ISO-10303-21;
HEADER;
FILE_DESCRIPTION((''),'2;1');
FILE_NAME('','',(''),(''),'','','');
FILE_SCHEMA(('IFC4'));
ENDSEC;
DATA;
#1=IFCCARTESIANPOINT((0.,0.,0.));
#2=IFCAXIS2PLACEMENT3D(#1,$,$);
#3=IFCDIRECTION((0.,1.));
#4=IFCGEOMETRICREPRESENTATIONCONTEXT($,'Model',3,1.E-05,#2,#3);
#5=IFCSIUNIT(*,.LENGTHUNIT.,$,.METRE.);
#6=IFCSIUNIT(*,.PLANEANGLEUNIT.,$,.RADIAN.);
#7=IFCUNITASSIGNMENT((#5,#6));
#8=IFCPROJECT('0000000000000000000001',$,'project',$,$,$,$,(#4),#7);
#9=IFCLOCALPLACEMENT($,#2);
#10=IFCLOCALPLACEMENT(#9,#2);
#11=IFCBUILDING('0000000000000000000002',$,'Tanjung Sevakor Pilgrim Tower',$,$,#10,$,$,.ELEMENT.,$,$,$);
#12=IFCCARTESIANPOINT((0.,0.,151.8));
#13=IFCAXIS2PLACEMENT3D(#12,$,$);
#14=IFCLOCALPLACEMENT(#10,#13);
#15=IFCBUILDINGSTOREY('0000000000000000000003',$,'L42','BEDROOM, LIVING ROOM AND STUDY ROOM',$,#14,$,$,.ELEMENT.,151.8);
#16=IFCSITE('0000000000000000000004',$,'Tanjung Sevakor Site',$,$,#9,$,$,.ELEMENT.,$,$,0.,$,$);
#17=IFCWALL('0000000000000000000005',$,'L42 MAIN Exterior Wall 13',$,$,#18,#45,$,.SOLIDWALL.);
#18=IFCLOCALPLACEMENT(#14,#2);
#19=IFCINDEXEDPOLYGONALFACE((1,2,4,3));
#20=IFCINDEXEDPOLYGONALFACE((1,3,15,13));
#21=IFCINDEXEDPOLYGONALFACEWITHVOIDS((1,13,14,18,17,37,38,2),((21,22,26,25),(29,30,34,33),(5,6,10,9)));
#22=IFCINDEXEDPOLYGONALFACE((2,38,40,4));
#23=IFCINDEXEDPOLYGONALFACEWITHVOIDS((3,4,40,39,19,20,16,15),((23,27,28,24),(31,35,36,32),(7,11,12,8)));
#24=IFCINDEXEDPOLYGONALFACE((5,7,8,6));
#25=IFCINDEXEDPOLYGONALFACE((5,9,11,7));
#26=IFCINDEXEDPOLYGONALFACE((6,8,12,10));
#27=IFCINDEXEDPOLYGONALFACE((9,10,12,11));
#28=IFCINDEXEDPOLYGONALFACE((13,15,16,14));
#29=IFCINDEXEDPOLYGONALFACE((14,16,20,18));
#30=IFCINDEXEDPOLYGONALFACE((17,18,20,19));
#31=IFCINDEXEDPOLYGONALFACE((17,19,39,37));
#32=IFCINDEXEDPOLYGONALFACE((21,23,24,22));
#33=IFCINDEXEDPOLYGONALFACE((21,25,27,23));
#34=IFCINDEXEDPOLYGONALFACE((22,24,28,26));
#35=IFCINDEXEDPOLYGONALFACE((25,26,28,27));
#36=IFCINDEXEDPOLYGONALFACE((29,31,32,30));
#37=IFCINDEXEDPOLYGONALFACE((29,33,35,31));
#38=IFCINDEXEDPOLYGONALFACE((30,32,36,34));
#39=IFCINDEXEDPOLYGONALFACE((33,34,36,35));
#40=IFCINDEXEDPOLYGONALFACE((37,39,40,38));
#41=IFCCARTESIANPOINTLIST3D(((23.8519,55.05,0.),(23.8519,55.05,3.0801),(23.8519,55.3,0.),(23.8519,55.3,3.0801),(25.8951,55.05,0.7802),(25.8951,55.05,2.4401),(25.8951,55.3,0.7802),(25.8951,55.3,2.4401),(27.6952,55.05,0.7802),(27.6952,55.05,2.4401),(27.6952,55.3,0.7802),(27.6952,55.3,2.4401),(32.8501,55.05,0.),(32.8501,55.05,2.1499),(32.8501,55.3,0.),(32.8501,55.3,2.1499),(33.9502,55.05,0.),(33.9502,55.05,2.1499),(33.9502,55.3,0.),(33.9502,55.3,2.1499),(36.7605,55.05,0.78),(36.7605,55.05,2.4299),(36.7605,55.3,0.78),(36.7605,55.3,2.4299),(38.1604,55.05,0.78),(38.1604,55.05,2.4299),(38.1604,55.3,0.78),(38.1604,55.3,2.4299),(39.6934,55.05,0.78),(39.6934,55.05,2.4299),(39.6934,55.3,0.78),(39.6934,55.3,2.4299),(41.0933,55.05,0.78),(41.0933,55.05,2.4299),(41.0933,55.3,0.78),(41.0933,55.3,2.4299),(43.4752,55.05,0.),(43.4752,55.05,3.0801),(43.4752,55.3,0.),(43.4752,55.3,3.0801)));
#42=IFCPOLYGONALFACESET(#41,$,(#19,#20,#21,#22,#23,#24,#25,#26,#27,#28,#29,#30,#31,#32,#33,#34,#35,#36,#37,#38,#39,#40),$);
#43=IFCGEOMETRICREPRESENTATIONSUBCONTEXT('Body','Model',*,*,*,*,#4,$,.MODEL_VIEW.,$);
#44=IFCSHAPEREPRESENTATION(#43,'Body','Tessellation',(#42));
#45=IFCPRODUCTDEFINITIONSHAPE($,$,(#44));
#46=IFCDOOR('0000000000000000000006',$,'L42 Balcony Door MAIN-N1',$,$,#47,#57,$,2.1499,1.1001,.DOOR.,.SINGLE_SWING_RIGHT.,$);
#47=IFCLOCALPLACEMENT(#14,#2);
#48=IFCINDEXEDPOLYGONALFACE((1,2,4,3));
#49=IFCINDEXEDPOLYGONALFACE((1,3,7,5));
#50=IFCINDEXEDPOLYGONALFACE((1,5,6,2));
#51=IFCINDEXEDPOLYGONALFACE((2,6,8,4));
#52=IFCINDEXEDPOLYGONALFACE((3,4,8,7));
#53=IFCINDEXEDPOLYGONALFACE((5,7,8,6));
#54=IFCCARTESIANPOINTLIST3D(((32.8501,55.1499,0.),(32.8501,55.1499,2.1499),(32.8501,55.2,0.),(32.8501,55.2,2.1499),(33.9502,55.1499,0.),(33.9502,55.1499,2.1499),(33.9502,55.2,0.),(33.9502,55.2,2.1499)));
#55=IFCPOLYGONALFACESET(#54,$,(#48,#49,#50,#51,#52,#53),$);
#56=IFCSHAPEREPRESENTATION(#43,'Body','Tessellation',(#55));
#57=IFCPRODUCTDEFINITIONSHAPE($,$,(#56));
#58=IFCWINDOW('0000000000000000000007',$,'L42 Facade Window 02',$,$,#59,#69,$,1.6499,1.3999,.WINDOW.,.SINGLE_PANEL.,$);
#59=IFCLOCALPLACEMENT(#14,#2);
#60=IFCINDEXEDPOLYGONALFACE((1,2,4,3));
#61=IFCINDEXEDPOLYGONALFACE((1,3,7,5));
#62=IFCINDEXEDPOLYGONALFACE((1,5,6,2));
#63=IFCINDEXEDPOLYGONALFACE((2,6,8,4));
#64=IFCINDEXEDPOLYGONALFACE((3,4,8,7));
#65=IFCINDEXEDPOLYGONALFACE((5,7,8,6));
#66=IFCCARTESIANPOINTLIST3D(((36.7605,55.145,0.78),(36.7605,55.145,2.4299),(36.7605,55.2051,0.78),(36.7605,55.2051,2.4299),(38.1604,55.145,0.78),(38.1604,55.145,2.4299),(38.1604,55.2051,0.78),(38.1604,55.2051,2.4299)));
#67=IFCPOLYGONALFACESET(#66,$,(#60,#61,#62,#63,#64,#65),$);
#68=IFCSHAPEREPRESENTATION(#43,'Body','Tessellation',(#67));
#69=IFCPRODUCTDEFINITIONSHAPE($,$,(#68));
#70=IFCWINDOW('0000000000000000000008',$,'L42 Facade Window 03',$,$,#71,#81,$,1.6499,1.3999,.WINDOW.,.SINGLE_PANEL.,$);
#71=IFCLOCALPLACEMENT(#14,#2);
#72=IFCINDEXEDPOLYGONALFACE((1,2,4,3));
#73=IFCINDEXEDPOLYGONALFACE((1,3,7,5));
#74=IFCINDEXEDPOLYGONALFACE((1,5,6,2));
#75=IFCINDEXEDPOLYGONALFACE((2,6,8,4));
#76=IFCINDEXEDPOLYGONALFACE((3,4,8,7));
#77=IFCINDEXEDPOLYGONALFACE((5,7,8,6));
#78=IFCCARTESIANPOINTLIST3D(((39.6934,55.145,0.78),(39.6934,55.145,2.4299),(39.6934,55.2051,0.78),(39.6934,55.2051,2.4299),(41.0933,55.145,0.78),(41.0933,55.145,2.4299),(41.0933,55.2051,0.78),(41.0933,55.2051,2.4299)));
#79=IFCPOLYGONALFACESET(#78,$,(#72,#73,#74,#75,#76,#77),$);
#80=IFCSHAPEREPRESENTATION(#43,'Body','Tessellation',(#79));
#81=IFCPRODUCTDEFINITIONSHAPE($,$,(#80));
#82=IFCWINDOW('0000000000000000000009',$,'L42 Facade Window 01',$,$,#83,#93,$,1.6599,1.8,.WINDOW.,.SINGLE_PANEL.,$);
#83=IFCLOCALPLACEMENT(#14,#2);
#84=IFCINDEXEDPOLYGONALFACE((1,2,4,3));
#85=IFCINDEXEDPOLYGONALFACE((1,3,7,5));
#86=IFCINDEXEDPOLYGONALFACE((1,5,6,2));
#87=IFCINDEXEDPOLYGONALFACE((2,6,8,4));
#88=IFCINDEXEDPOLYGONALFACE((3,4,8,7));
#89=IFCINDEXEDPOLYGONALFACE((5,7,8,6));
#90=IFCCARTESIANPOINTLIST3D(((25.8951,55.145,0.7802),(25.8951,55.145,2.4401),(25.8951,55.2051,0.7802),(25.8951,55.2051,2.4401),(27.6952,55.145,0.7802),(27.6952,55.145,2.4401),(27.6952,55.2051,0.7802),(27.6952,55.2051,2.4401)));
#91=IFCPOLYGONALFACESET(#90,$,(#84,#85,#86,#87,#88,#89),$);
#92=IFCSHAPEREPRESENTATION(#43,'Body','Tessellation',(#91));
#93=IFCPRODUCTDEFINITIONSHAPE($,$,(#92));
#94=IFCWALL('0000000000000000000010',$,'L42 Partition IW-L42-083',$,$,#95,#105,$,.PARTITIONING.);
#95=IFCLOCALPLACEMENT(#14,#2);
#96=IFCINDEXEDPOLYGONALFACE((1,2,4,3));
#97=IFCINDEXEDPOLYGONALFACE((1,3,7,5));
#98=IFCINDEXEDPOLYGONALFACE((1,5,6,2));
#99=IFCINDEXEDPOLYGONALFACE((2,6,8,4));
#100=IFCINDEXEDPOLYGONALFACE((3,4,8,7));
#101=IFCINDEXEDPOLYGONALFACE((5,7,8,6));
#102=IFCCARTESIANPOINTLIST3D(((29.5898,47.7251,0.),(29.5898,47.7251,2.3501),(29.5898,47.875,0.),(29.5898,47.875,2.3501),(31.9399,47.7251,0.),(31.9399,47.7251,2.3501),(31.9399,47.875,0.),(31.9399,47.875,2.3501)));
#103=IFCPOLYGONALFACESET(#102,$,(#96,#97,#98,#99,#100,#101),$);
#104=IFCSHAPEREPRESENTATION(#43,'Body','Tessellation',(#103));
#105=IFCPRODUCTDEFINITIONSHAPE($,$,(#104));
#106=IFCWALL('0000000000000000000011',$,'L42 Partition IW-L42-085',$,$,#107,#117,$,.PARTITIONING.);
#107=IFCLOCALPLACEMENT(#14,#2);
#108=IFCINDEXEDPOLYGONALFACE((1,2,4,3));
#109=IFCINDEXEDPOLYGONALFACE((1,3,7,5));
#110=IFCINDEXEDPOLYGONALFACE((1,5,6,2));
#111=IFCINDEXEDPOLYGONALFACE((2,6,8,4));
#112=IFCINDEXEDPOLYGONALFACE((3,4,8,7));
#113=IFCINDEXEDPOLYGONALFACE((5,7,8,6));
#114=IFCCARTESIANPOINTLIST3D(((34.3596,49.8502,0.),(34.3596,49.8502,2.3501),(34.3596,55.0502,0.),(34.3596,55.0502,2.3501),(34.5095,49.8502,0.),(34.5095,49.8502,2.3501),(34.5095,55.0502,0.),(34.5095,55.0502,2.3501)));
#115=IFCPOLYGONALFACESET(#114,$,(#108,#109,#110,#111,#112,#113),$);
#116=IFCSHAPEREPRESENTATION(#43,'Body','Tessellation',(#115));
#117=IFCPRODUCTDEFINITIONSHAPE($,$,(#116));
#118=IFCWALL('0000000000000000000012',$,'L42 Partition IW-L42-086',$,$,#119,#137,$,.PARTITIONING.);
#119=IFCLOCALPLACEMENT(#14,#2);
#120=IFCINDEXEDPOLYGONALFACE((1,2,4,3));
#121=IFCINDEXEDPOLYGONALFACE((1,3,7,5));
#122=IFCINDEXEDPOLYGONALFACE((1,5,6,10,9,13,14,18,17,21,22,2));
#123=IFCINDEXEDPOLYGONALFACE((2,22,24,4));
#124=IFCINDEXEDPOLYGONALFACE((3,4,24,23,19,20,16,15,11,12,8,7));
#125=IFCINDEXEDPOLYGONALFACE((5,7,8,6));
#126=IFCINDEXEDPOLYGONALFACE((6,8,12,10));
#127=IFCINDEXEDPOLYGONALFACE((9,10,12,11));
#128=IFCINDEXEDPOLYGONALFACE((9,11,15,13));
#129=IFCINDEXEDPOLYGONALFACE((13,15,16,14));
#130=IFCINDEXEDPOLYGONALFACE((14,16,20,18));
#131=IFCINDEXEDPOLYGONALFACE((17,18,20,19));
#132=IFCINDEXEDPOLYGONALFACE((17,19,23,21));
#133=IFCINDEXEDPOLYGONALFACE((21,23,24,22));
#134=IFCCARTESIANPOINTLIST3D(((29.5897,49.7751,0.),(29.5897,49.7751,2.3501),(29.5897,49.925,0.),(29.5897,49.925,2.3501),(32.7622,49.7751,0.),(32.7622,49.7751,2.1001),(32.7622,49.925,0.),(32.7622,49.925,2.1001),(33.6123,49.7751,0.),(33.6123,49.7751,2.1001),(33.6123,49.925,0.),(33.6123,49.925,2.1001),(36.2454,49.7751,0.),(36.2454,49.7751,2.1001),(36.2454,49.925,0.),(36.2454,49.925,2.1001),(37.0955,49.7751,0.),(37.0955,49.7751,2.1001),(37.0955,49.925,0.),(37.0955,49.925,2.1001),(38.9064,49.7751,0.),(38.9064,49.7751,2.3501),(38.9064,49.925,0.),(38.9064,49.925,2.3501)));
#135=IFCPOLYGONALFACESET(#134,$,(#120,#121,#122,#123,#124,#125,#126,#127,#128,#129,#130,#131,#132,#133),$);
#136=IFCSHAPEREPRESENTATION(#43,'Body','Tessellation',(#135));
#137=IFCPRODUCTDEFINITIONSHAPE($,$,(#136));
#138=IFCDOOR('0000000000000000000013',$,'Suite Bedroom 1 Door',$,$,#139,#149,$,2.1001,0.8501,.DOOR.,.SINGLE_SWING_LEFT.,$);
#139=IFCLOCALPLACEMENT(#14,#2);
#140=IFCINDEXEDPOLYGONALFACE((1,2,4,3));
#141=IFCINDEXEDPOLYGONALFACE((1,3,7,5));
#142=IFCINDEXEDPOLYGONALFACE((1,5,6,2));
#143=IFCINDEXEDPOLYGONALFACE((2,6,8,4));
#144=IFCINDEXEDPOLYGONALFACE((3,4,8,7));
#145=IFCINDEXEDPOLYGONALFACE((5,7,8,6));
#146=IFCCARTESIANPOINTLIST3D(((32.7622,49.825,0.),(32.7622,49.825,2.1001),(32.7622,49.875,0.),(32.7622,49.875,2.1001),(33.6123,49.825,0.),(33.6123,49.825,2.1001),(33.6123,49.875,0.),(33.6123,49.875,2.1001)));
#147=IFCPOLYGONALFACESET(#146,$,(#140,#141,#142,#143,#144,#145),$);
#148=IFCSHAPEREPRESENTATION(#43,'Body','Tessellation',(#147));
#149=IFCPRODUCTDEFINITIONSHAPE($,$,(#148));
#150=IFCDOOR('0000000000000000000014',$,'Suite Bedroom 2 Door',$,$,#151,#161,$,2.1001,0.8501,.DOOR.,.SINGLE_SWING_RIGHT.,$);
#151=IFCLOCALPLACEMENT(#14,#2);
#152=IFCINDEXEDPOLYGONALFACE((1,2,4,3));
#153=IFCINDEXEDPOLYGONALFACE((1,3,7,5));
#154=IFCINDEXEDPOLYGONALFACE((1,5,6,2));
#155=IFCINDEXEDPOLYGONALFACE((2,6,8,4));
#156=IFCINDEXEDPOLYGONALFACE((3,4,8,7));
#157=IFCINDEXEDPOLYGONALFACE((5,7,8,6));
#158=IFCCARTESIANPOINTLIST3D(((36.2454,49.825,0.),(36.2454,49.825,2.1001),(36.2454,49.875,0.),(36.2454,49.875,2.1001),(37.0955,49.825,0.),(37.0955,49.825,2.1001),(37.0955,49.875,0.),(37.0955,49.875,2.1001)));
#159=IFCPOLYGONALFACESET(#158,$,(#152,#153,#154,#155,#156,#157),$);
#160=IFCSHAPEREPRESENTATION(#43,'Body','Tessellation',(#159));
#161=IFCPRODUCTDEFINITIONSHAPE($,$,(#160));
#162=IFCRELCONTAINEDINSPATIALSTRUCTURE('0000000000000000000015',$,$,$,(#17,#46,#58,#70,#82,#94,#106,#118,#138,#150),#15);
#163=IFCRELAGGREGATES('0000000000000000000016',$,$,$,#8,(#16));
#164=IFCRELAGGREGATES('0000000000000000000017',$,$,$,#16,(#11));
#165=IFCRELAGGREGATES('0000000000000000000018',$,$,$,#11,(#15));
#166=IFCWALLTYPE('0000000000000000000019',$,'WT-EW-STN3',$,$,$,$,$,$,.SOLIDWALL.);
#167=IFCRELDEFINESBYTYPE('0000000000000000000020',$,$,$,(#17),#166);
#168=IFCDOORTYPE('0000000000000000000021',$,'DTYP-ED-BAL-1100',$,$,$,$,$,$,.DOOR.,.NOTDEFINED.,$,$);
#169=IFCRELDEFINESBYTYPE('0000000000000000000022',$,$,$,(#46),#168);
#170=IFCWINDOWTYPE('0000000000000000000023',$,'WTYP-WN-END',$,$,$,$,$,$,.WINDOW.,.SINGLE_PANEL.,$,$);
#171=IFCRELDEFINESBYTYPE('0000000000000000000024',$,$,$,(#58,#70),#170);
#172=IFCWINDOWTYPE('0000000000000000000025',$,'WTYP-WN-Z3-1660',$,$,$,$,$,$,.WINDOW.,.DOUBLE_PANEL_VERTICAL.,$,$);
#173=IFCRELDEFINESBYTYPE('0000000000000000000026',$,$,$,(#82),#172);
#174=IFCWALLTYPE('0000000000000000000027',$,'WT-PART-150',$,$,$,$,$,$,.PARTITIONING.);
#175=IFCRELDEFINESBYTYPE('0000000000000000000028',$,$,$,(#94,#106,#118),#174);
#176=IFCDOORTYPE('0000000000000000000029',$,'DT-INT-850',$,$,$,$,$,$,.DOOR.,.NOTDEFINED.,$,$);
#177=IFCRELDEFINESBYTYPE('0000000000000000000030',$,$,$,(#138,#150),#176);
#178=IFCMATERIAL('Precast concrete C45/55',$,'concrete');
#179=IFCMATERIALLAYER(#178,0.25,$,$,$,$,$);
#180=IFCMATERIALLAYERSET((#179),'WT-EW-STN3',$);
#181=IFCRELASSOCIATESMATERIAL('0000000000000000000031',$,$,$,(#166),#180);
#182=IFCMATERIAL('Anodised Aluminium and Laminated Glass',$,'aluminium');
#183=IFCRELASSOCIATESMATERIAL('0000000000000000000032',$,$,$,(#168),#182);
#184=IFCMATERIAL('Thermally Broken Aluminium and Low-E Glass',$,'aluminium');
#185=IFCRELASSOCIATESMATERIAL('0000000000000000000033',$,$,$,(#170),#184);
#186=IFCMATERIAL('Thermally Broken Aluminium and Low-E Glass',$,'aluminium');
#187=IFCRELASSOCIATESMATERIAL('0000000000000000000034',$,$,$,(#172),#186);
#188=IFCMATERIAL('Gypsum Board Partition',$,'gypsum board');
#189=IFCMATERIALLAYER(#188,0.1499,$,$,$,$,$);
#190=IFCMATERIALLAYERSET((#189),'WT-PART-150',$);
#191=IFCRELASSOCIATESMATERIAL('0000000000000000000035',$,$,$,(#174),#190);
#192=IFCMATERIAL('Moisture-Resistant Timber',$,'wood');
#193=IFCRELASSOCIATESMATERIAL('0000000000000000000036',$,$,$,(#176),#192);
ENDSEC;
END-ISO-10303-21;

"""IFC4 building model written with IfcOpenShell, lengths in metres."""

from ifc_helpers import new_model, si_unit, direction, frame, frame_2d, origin, place, context, subcontext, project, spatial, rectangle, extrude, material, layer, layer_set, type_object, element, fill, save


model = new_model("IFC4")

# Units and contexts
model_context = context("Model", 3, precision=1e-05, world=origin(), true_north=direction((0.0, 1.0)))
body_context = subcontext(model_context, "Body", "Model", "MODEL_VIEW")
ifc_project = project(units=[si_unit("LENGTHUNIT", "METRE"), si_unit("PLANEANGLEUNIT", "RADIAN")], contexts=[model_context])

# Site, building, storey
site_placement = place(None, origin())
site = spatial("IfcSite", under=ifc_project, at=site_placement, Name="Tanjung Sevakor Site", CompositionType="ELEMENT", RefElevation=0.0)
building_placement = place(site_placement, origin())
building = spatial("IfcBuilding", under=site, at=building_placement, Name="Tanjung Sevakor Pilgrim Tower", CompositionType="ELEMENT")
storey_placement = place(building_placement, frame((0.0, 0.0, 151.8)))
storey = spatial("IfcBuildingStorey", under=building, at=storey_placement, Name="L42", Description="BEDROOM, LIVING ROOM AND STUDY ROOM", CompositionType="ELEMENT", Elevation=151.8)

# Shared definitions
ifc_material_1 = material(Name="Precast concrete C45/55", Category="concrete")
ifc_layer_1 = layer(ifc_material_1, 0.25)
ifc_layer_set_1 = layer_set([ifc_layer_1], Name="WT-EW-STN3")
wall_type_1 = type_object("IfcWallType", Name="WT-EW-STN3", PredefinedType="SOLIDWALL", material=ifc_layer_set_1)

# Wall, openings, door, windows
wall_1_placement = place(storey_placement, frame((43.4751, 55.175, 0.0), z_axis=(0.0, 0.0, 1.0), x_axis=(-1.0, 0.0, 0.0)))
wall_1 = element("IfcWall", 1, at=wall_1_placement, inside=storey, type_object=wall_type_1, Name="L42 MAIN Exterior Wall 13", PredefinedType="SOLIDWALL", context=body_context, shape_type="SweptSolid", body=[
    extrude(rectangle(XDim=19.6233, YDim=0.25, at=frame_2d((9.8115, 0.0))), origin(), (0.0, 0.0, 1.0), 3.0801),
])
opening_1_placement = place(wall_1_placement, frame((9.5249, 0.0, 0.0)))
opening_1 = element("IfcOpeningElement", 2, at=opening_1_placement, cuts=wall_1, PredefinedType="OPENING", context=body_context, shape_type="SweptSolid", body=[
    extrude(rectangle(XDim=1.1001, YDim=2.1499, at=frame_2d((0.55, 1.075))), frame((0.0, 0.135, 0.0), z_axis=(0.0, -1.0, 0.0), x_axis=(1.0, 0.0, 0.0)), (0.0, 0.0, 1.0), 0.27),
])
opening_2_placement = place(wall_1_placement, frame((15.78, 0.0, 0.78)))
opening_2 = element("IfcOpeningElement", 3, at=opening_2_placement, cuts=wall_1, PredefinedType="OPENING", context=body_context, shape_type="SweptSolid", body=[
    extrude(rectangle(XDim=1.8, YDim=1.6599, at=frame_2d((0.8999, 0.8301))), frame((0.0, 0.135, 0.0), z_axis=(0.0, -1.0, 0.0), x_axis=(1.0, 0.0, 0.0)), (0.0, 0.0, 1.0), 0.27),
])
opening_3_placement = place(wall_1_placement, frame((5.3147, 0.0, 0.78)))
opening_3 = element("IfcOpeningElement", 4, at=opening_3_placement, cuts=wall_1, PredefinedType="OPENING", context=body_context, shape_type="SweptSolid", body=[
    extrude(rectangle(XDim=1.3999, YDim=1.6499, at=frame_2d((0.7, 0.825))), frame((0.0, 0.135, 0.0), z_axis=(0.0, -1.0, 0.0), x_axis=(1.0, 0.0, 0.0)), (0.0, 0.0, 1.0), 0.27),
])
opening_4_placement = place(wall_1_placement, frame((2.3818, 0.0, 0.78)))
opening_4 = element("IfcOpeningElement", 5, at=opening_4_placement, cuts=wall_1, PredefinedType="OPENING", context=body_context, shape_type="SweptSolid", body=[
    extrude(rectangle(XDim=1.3999, YDim=1.6499, at=frame_2d((0.7, 0.825))), frame((0.0, 0.135, 0.0), z_axis=(0.0, -1.0, 0.0), x_axis=(1.0, 0.0, 0.0)), (0.0, 0.0, 1.0), 0.27),
])
ifc_material_2 = material(Name="Anodised Aluminium and Laminated Glass", Category="aluminium")
door_type_1 = type_object("IfcDoorType", Name="DTYP-ED-BAL-1100", OperationType="NOTDEFINED", PredefinedType="DOOR", material=ifc_material_2)
door_1_placement = place(opening_1_placement, frame((1.1001, 0.0, 0.0), z_axis=(0.0, 0.0, 1.0), x_axis=(-1.0, 0.0, 0.0)))
door_1 = element("IfcDoor", 6, at=door_1_placement, inside=storey, type_object=door_type_1, Name="L42 Balcony Door MAIN-N1", OperationType="SINGLE_SWING_RIGHT", OverallHeight=2.1499, OverallWidth=1.1001, PredefinedType="DOOR", context=body_context, shape_type="SweptSolid", body=[
    extrude(rectangle(XDim=1.1001, YDim=2.1499, at=frame_2d((0.55, 1.075))), frame((0.0, 0.0249, 0.0), z_axis=(0.0, -1.0, 0.0), x_axis=(1.0, 0.0, 0.0)), (0.0, 0.0, 1.0), 0.05),
])
fill(opening_1, door_1)
ifc_material_3 = material(Name="Thermally Broken Aluminium and Low-E Glass", Category="aluminium")
window_type_1 = type_object("IfcWindowType", Name="WTYP-WN-END", PartitioningType="SINGLE_PANEL", PredefinedType="WINDOW", material=ifc_material_3)
window_1_placement = place(opening_3_placement, origin())
window_1 = element("IfcWindow", 7, at=window_1_placement, inside=storey, type_object=window_type_1, Name="L42 Facade Window 02", OverallHeight=1.6499, OverallWidth=1.3999, PartitioningType="SINGLE_PANEL", PredefinedType="WINDOW", context=body_context, shape_type="SweptSolid", body=[
    extrude(rectangle(XDim=1.3999, YDim=1.6499, at=frame_2d((0.7, 0.825))), frame((0.0, 0.03, 0.0), z_axis=(0.0, -1.0, 0.0), x_axis=(1.0, 0.0, 0.0)), (0.0, 0.0, 1.0), 0.0601),
])
fill(opening_3, window_1)
window_2_placement = place(opening_4_placement, origin())
window_2 = element("IfcWindow", 8, at=window_2_placement, inside=storey, type_object=window_type_1, Name="L42 Facade Window 03", OverallHeight=1.6499, OverallWidth=1.3999, PartitioningType="SINGLE_PANEL", PredefinedType="WINDOW", context=body_context, shape_type="SweptSolid", body=[
    extrude(rectangle(XDim=1.3999, YDim=1.6499, at=frame_2d((0.7, 0.825))), frame((0.0, 0.03, 0.0), z_axis=(0.0, -1.0, 0.0), x_axis=(1.0, 0.0, 0.0)), (0.0, 0.0, 1.0), 0.0601),
])
fill(opening_4, window_2)
ifc_material_4 = material(Name="Thermally Broken Aluminium and Low-E Glass", Category="aluminium")
window_type_2 = type_object("IfcWindowType", Name="WTYP-WN-Z3-1660", PartitioningType="DOUBLE_PANEL_VERTICAL", PredefinedType="WINDOW", material=ifc_material_4)
window_3_placement = place(opening_2_placement, origin())
window_3 = element("IfcWindow", 9, at=window_3_placement, inside=storey, type_object=window_type_2, Name="L42 Facade Window 01", OverallHeight=1.6599, OverallWidth=1.8, PartitioningType="SINGLE_PANEL", PredefinedType="WINDOW", context=body_context, shape_type="SweptSolid", body=[
    extrude(rectangle(XDim=1.8, YDim=1.6599, at=frame_2d((0.8999, 0.8301))), frame((0.0, 0.03, 0.0), z_axis=(0.0, -1.0, 0.0), x_axis=(1.0, 0.0, 0.0)), (0.0, 0.0, 1.0), 0.0601),
])
fill(opening_2, window_3)

# Walls
ifc_material_5 = material(Name="Gypsum Board Partition", Category="gypsum board")
ifc_layer_2 = layer(ifc_material_5, 0.1499)
ifc_layer_set_2 = layer_set([ifc_layer_2], Name="WT-PART-150")
wall_type_2 = type_object("IfcWallType", Name="WT-PART-150", PredefinedType="PARTITIONING", material=ifc_layer_set_2)
wall_2_placement = place(storey_placement, frame((29.5898, 47.8, 0.0), z_axis=(0.0, 0.0, 1.0), x_axis=(1.0, 0.0, 0.0)))
element("IfcWall", 10, at=wall_2_placement, inside=storey, type_object=wall_type_2, Name="L42 Partition IW-L42-083", PredefinedType="PARTITIONING", context=body_context, shape_type="SweptSolid", body=[
    extrude(rectangle(XDim=2.3501, YDim=0.1499, at=frame_2d((1.175, 0.0))), origin(), (0.0, 0.0, 1.0), 2.3501),
])
wall_3_placement = place(storey_placement, frame((34.4346, 49.8501, 0.0), z_axis=(0.0, 0.0, 1.0), x_axis=(0.0, 1.0, 0.0)))
element("IfcWall", 11, at=wall_3_placement, inside=storey, type_object=wall_type_2, Name="L42 Partition IW-L42-085", PredefinedType="PARTITIONING", context=body_context, shape_type="SweptSolid", body=[
    extrude(rectangle(XDim=5.2, YDim=0.1499, at=frame_2d((2.6001, 0.0))), origin(), (0.0, 0.0, 1.0), 2.3501),
])

# Wall, openings, doors
wall_4_placement = place(storey_placement, frame((29.5898, 49.8501, 0.0), z_axis=(0.0, 0.0, 1.0), x_axis=(1.0, 0.0, 0.0)))
wall_4 = element("IfcWall", 12, at=wall_4_placement, inside=storey, type_object=wall_type_2, Name="L42 Partition IW-L42-086", PredefinedType="PARTITIONING", context=body_context, shape_type="SweptSolid", body=[
    extrude(rectangle(XDim=9.3167, YDim=0.1499, at=frame_2d((4.6582, 0.0))), origin(), (0.0, 0.0, 1.0), 2.3501),
])
opening_5_placement = place(wall_4_placement, frame((3.1724, 0.0, 0.0)))
opening_5 = element("IfcOpeningElement", 13, at=opening_5_placement, cuts=wall_4, PredefinedType="OPENING", context=body_context, shape_type="SweptSolid", body=[
    extrude(rectangle(XDim=0.8501, YDim=2.1001, at=frame_2d((0.425, 1.05))), frame((0.0, 0.085, 0.0), z_axis=(0.0, -1.0, 0.0), x_axis=(1.0, 0.0, 0.0)), (0.0, 0.0, 1.0), 0.1699),
])
opening_6_placement = place(wall_4_placement, frame((6.6555, 0.0, 0.0)))
opening_6 = element("IfcOpeningElement", 14, at=opening_6_placement, cuts=wall_4, PredefinedType="OPENING", context=body_context, shape_type="SweptSolid", body=[
    extrude(rectangle(XDim=0.8501, YDim=2.1001, at=frame_2d((0.425, 1.05))), frame((0.0, 0.085, 0.0), z_axis=(0.0, -1.0, 0.0), x_axis=(1.0, 0.0, 0.0)), (0.0, 0.0, 1.0), 0.1699),
])
ifc_material_6 = material(Name="Moisture-Resistant Timber", Category="wood")
door_type_2 = type_object("IfcDoorType", Name="DT-INT-850", OperationType="NOTDEFINED", PredefinedType="DOOR", material=ifc_material_6)
door_2_placement = place(opening_5_placement, origin())
door_2 = element("IfcDoor", 15, at=door_2_placement, inside=storey, type_object=door_type_2, Name="Suite Bedroom 1 Door", OperationType="SINGLE_SWING_LEFT", OverallHeight=2.1001, OverallWidth=0.8501, PredefinedType="DOOR", context=body_context, shape_type="SweptSolid", body=[
    extrude(rectangle(XDim=0.8501, YDim=2.1001, at=frame_2d((0.425, 1.05))), frame((0.0, 0.0249, 0.0), z_axis=(0.0, -1.0, 0.0), x_axis=(1.0, 0.0, 0.0)), (0.0, 0.0, 1.0), 0.05),
])
fill(opening_5, door_2)
door_3_placement = place(opening_6_placement, origin())
door_3 = element("IfcDoor", 16, at=door_3_placement, inside=storey, type_object=door_type_2, Name="Suite Bedroom 2 Door", OperationType="SINGLE_SWING_RIGHT", OverallHeight=2.1001, OverallWidth=0.8501, PredefinedType="DOOR", context=body_context, shape_type="SweptSolid", body=[
    extrude(rectangle(XDim=0.8501, YDim=2.1001, at=frame_2d((0.425, 1.05))), frame((0.0, 0.0249, 0.0), z_axis=(0.0, -1.0, 0.0), x_axis=(1.0, 0.0, 0.0)), (0.0, 0.0, 1.0), 0.05),
])
fill(opening_6, door_3)

save(model, "model.ifc")
